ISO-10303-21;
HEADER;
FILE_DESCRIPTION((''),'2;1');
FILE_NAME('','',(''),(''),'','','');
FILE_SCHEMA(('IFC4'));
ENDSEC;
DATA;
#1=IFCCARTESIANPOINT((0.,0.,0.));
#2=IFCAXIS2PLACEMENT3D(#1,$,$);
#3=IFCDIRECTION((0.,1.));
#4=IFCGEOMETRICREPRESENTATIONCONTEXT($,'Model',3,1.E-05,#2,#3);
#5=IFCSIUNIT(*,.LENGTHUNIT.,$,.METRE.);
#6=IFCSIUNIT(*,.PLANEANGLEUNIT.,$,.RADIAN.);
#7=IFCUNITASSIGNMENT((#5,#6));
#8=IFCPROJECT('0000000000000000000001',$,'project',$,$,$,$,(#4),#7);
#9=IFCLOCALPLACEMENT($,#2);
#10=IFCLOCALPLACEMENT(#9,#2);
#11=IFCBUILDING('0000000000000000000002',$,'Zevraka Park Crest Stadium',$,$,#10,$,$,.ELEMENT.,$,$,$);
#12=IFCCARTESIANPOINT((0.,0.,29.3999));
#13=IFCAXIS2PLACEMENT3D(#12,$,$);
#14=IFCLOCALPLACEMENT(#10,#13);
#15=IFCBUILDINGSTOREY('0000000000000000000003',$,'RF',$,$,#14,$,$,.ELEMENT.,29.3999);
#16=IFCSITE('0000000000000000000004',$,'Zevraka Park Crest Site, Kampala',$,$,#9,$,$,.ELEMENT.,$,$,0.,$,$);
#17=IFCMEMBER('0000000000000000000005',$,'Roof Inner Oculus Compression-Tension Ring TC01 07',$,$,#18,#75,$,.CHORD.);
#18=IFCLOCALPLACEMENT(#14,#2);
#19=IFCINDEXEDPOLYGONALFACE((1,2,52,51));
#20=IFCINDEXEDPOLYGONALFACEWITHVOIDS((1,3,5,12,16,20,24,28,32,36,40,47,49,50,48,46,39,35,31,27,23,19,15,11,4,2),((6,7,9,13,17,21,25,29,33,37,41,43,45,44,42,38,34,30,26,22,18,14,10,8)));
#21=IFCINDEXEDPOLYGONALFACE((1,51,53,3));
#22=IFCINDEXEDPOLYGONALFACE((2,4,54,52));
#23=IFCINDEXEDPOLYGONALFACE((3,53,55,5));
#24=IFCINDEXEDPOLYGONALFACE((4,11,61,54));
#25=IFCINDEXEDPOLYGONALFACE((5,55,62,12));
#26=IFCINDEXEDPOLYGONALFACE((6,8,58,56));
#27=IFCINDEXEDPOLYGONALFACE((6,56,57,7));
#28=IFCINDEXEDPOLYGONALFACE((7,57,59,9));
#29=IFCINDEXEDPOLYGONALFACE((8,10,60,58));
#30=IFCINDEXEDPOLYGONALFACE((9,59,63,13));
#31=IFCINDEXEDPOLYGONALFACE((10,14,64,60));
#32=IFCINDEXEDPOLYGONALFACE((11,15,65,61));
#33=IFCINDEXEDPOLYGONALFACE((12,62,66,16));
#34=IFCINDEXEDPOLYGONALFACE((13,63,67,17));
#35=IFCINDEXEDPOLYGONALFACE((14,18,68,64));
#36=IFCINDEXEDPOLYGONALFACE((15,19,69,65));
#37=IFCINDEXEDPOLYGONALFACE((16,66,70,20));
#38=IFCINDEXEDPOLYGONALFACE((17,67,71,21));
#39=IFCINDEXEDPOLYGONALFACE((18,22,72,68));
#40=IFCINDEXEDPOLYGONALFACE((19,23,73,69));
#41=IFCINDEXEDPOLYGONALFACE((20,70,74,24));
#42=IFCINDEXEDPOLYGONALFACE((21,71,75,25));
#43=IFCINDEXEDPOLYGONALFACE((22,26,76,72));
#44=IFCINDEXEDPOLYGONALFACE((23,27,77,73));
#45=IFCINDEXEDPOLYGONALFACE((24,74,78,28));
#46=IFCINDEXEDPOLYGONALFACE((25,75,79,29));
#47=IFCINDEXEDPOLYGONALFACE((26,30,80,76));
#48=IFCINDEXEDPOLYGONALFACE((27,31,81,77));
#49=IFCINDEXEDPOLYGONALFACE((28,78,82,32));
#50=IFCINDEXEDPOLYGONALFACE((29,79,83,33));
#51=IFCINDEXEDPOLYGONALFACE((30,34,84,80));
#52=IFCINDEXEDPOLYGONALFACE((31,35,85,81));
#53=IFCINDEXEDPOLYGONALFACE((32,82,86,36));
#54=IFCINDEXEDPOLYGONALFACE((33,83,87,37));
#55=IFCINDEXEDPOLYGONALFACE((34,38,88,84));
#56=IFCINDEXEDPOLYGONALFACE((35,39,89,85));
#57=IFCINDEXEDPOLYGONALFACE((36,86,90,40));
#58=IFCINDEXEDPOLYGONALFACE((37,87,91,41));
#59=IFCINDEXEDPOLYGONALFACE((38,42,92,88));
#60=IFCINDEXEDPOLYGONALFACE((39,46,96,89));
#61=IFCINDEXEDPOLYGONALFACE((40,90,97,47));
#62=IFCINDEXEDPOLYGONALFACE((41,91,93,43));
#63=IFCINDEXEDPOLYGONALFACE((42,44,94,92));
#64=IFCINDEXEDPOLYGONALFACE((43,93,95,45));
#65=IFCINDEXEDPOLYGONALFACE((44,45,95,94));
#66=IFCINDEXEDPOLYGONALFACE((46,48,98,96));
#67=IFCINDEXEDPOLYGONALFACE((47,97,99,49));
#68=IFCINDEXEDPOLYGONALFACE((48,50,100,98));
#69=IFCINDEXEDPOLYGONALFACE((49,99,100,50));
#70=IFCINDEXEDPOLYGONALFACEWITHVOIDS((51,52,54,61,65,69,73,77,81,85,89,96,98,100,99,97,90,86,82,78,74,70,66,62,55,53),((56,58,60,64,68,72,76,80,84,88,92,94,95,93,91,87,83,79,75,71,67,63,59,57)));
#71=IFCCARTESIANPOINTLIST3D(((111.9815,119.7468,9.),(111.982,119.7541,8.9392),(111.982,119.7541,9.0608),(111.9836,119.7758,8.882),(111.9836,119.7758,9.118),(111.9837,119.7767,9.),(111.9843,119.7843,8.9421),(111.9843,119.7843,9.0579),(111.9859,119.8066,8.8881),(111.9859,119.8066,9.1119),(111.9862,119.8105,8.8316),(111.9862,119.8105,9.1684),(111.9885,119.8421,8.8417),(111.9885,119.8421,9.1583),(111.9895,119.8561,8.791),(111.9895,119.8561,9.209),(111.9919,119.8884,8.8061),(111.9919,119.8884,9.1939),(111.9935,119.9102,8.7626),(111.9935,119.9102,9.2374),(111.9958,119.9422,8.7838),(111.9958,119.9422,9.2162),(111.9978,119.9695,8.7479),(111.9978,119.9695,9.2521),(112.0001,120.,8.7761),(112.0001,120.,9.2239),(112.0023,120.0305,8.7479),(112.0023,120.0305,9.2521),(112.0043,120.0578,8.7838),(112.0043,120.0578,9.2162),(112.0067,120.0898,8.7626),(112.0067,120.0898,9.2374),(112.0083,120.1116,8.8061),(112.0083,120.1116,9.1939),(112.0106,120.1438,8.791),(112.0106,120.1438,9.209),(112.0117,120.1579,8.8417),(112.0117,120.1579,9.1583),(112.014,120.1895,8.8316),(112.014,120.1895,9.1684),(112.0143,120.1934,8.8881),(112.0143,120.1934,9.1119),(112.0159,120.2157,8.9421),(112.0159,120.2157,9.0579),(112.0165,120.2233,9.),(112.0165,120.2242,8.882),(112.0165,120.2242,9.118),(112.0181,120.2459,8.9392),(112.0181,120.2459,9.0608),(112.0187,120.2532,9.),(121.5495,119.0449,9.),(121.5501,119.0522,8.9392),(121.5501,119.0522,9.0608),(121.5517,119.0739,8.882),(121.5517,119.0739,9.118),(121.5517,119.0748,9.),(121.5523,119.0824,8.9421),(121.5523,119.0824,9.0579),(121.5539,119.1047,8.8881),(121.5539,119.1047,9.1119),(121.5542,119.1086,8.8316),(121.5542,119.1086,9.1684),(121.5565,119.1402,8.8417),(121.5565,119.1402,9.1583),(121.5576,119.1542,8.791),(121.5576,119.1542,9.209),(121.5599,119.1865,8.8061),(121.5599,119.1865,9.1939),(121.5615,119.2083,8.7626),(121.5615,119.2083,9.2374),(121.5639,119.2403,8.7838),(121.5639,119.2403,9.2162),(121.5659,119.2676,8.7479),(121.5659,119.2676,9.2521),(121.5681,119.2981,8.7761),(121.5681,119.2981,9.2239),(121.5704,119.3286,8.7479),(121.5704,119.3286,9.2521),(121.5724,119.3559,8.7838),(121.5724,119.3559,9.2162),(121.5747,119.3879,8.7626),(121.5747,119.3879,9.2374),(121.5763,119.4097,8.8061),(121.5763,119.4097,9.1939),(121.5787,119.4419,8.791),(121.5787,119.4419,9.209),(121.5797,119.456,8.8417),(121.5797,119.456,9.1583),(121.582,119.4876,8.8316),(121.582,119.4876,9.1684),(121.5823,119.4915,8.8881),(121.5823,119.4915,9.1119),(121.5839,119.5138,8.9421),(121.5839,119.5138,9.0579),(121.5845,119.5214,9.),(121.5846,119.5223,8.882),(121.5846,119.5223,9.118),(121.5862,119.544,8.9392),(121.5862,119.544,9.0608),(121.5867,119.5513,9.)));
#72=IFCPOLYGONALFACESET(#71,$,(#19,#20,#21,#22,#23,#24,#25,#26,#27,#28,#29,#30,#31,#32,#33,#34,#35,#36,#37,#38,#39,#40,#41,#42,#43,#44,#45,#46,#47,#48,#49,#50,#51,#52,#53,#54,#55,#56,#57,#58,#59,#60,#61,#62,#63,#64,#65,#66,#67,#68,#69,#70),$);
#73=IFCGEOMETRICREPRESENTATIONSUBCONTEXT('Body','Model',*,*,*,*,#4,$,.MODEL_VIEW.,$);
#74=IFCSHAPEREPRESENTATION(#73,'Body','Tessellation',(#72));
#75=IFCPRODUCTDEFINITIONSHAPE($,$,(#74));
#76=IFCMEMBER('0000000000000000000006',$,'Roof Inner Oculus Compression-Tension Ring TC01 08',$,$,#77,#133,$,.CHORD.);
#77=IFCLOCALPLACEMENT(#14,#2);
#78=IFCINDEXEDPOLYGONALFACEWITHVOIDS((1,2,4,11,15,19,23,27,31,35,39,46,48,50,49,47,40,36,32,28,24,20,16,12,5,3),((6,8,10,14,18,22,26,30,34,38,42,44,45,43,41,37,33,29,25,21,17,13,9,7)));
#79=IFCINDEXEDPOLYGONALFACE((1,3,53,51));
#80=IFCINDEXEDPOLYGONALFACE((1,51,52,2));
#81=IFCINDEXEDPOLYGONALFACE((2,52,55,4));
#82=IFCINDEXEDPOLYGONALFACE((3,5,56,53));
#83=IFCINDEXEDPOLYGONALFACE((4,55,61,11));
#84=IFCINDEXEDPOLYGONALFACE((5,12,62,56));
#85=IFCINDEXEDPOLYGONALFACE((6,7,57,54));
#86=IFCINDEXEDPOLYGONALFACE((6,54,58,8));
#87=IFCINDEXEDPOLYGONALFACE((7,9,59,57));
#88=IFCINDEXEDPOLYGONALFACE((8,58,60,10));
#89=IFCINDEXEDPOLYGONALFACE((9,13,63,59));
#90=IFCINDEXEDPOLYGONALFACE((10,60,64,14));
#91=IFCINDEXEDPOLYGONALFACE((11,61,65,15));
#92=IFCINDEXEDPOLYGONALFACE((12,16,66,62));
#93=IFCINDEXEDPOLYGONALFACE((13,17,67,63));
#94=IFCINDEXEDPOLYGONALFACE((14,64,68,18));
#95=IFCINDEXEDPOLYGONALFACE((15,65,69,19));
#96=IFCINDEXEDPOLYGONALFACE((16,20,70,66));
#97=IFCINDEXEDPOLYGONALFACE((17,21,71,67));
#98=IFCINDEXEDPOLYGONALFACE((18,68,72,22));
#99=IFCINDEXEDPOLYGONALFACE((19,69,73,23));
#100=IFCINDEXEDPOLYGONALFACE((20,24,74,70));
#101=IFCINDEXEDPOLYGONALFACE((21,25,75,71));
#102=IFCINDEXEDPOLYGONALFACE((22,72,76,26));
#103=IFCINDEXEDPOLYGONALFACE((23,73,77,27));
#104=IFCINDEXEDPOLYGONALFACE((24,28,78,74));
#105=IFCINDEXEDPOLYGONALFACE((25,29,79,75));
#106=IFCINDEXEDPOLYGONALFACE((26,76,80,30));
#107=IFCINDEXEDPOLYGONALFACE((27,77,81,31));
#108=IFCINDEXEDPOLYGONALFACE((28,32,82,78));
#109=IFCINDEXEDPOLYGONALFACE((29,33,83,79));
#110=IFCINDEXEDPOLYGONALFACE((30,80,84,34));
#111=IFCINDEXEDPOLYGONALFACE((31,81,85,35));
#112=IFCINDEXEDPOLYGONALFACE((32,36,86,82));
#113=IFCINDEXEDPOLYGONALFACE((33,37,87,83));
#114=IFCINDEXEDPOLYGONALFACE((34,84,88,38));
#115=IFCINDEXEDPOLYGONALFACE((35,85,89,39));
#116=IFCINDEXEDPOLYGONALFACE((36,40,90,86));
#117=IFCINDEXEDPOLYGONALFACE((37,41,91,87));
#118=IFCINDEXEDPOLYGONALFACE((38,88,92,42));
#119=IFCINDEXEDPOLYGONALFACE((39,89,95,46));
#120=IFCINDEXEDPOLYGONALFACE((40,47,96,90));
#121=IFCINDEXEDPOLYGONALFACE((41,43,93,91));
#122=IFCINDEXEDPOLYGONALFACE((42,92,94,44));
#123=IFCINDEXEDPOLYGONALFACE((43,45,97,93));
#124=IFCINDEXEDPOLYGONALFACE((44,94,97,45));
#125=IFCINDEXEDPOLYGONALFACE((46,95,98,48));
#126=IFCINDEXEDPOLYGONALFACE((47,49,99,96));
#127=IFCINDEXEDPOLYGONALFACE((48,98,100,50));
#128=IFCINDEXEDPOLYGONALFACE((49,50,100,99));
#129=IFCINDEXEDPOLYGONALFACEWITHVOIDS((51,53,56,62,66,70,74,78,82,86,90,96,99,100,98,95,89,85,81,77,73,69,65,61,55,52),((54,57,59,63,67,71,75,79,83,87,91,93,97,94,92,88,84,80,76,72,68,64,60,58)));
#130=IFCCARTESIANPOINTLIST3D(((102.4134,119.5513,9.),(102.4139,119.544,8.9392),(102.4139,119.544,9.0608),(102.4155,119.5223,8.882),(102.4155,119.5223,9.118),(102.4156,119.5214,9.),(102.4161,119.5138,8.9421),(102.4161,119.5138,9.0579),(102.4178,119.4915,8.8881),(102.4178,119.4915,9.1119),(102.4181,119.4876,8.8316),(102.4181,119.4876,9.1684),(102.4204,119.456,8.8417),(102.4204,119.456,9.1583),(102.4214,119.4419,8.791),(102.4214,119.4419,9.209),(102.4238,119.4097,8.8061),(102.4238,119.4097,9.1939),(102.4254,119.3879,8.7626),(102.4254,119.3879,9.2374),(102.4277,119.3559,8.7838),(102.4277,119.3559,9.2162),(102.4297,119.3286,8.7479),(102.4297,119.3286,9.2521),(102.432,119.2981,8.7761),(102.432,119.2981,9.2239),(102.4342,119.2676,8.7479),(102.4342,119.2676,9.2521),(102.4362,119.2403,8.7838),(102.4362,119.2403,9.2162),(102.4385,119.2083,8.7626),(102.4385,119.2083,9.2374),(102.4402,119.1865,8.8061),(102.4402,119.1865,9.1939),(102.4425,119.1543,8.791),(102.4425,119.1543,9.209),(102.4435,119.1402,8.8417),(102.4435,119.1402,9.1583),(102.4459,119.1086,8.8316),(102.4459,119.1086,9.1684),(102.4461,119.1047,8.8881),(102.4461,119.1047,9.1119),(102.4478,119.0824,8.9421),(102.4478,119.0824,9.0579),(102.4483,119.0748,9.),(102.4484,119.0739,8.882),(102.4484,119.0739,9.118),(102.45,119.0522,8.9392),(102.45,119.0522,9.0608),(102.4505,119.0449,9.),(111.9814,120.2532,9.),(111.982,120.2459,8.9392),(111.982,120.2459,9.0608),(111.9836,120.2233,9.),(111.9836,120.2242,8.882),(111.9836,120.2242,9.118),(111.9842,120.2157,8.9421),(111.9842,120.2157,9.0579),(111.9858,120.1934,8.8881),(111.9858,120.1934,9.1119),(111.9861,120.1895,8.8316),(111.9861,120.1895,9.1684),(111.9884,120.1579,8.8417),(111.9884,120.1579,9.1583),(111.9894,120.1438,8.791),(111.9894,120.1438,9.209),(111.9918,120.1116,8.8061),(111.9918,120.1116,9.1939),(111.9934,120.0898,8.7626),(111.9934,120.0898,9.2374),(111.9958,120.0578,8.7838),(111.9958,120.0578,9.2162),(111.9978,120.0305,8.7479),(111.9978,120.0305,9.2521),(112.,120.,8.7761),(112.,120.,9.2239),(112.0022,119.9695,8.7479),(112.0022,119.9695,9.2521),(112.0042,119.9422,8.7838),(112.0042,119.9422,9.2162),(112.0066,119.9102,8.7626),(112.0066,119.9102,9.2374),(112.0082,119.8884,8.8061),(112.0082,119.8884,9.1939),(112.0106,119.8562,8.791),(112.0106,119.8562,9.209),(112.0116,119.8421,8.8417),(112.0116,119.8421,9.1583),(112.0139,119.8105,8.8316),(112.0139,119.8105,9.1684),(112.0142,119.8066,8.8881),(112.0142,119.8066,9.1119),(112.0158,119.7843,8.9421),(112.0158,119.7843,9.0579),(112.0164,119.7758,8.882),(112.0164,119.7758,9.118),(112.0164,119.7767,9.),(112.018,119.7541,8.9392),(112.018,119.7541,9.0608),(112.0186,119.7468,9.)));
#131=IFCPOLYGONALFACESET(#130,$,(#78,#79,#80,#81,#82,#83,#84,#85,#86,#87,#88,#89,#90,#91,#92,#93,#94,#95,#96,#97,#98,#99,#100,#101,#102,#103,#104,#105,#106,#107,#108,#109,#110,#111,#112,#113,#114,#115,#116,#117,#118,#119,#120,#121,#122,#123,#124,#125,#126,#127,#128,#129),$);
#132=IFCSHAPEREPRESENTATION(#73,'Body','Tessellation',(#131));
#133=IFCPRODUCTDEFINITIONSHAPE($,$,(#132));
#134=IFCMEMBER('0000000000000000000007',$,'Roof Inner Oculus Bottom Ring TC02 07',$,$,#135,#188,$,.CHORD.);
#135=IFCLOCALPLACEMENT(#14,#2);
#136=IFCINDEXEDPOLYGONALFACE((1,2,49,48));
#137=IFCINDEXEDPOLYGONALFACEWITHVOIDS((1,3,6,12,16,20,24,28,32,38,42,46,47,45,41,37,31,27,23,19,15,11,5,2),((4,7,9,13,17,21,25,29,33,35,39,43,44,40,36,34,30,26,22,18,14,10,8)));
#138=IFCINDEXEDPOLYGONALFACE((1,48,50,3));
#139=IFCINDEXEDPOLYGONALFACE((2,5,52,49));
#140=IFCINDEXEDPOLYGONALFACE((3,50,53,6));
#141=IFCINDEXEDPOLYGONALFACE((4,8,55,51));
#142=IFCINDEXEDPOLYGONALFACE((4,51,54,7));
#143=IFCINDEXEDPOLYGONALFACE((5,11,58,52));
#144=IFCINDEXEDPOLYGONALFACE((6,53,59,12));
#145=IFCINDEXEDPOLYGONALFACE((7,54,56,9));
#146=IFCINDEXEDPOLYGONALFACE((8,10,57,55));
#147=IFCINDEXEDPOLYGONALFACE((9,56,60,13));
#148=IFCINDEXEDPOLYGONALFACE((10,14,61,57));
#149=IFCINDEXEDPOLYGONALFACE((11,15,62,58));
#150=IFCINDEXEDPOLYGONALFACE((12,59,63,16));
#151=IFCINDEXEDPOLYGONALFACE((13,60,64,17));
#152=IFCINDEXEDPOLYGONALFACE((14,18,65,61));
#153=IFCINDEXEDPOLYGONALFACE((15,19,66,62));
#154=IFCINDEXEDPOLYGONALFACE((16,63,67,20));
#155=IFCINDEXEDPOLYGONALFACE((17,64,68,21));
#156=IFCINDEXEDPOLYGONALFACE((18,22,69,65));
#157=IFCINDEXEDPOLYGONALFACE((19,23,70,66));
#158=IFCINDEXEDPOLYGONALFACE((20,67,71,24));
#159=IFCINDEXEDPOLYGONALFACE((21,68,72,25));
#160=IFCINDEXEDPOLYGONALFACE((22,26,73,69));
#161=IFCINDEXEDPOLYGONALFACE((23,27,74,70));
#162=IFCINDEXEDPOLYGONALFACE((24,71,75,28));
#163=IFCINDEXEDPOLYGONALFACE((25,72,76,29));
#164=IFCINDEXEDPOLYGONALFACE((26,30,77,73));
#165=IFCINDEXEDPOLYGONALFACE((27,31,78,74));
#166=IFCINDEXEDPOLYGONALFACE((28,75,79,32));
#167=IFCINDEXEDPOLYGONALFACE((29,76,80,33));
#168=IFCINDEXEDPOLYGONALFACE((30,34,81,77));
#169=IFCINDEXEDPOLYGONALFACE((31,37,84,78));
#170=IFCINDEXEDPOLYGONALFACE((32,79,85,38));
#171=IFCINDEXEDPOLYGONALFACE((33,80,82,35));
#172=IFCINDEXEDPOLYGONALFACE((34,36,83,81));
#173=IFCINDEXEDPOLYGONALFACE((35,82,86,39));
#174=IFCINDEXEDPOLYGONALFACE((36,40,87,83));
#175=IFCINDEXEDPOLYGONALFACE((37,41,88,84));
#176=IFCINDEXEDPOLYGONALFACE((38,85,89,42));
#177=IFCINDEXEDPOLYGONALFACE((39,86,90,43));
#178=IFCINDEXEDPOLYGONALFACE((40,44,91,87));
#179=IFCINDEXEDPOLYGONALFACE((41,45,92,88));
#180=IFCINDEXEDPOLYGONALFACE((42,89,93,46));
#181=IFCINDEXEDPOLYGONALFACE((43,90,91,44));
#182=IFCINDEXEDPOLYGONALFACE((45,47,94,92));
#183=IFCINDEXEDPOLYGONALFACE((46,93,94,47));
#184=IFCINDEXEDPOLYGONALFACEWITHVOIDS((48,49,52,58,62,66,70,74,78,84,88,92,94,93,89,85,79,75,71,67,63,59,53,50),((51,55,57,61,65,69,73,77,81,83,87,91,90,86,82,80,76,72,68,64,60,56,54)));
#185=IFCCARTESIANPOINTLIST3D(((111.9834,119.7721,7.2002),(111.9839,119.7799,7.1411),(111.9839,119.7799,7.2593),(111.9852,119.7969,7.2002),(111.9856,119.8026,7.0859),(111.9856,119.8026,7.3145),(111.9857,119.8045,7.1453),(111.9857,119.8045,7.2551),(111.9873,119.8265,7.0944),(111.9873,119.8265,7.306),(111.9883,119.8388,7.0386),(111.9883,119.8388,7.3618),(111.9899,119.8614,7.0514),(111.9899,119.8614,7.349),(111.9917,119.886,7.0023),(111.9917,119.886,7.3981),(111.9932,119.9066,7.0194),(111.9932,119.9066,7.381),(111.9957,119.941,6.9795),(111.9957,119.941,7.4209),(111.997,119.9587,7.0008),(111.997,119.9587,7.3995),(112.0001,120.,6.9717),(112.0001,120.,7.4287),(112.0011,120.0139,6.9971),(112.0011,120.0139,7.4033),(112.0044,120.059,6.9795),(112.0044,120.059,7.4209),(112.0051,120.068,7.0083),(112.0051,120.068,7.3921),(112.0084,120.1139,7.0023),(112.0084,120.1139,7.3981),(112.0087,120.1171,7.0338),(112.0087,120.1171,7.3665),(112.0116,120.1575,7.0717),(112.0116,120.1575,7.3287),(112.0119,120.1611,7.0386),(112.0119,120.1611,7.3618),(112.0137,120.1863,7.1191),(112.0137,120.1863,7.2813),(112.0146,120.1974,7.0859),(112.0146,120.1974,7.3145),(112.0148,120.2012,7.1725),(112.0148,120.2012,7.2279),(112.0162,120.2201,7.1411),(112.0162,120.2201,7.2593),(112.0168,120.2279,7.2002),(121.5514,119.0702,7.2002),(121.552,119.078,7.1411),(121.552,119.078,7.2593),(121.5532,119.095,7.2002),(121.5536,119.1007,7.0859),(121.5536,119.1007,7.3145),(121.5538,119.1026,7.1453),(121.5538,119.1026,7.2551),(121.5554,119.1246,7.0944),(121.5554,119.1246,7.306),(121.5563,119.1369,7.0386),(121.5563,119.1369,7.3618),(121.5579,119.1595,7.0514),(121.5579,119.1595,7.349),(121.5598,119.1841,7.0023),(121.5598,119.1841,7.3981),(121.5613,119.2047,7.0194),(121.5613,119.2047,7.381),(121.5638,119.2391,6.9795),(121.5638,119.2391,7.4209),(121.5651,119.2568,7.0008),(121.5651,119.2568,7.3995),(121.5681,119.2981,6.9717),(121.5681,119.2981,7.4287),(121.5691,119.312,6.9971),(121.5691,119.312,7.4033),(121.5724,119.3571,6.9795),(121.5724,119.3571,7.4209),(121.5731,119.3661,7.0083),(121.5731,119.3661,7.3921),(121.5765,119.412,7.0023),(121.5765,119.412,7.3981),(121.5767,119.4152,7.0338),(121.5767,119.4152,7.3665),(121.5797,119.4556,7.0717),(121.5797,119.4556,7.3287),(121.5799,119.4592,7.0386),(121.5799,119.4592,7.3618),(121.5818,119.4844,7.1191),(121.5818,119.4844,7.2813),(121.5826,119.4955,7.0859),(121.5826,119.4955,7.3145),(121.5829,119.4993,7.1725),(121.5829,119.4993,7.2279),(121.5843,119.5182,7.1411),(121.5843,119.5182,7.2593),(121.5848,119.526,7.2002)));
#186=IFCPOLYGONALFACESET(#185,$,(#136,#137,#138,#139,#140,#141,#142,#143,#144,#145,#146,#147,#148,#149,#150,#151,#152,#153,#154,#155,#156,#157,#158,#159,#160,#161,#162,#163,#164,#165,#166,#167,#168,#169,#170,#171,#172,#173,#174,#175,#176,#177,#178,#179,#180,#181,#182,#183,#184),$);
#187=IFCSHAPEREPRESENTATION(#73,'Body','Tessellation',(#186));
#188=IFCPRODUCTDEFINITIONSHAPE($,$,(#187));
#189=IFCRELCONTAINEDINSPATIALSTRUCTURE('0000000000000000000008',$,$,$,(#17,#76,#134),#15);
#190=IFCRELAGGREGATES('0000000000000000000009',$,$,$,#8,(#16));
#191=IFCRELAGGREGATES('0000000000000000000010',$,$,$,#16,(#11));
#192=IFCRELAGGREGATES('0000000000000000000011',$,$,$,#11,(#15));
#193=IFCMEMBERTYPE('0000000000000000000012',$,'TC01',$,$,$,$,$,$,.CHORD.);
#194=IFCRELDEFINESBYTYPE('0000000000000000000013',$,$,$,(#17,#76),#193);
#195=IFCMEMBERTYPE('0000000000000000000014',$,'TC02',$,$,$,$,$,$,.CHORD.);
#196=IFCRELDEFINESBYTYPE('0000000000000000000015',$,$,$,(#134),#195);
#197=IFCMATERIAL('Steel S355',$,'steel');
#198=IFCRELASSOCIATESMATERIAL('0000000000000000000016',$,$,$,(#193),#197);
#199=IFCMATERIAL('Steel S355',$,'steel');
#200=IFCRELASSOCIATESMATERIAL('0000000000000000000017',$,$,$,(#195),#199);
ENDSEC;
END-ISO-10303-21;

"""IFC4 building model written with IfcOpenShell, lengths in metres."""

from ifc_helpers import new_model, si_unit, direction, frame, origin, origin_2d, place, context, subcontext, project, spatial, hollow_circle, extrude, material, material_profile, profile_set, type_object, element, save


model = new_model("IFC4")

# Units and contexts
model_context = context("Model", 3, precision=1e-05, world=origin(), true_north=direction((0.0, 1.0)))
body_context = subcontext(model_context, "Body", "Model", "MODEL_VIEW")
ifc_project = project(units=[si_unit("LENGTHUNIT", "METRE"), si_unit("PLANEANGLEUNIT", "RADIAN")], contexts=[model_context])

# Site, building, storey
site_placement = place(None, origin())
site = spatial("IfcSite", under=ifc_project, at=site_placement, Name="Zevraka Park Crest Site, Kampala", CompositionType="ELEMENT", RefElevation=0.0)
building_placement = place(site_placement, origin())
building = spatial("IfcBuilding", under=site, at=building_placement, Name="Zevraka Park Crest Stadium", CompositionType="ELEMENT")
storey_placement = place(building_placement, frame((0.0, 0.0, 29.3999)))
storey = spatial("IfcBuildingStorey", under=building, at=storey_placement, Name="RF", CompositionType="ELEMENT", Elevation=29.3999)

# Members
ifc_material_1 = material(Name="Steel S355", Category="steel")
ifc_material_profile_1 = material_profile(ifc_material_1, hollow_circle(Radius=0.2539, WallThickness=0.03, at=origin_2d()), Name="CHS 508.0x30")
ifc_profile_set_1 = profile_set([ifc_material_profile_1], Name="Steel S355")
member_type_1 = type_object("IfcMemberType", Name="TC01", PredefinedType="CHORD", material=ifc_profile_set_1)
for number, where, z_axis, x_axis, name in (
    (1, (121.5681, 119.2981, 9.0), (-0.99732, 0.073162, 0.0), (-0.073162, -0.99732, 0.0), "Roof Inner Oculus Compression-Tension Ring TC01 07"),
    (2, (112.0, 120.0, 9.0), (-0.99732, -0.073162, 0.0), (0.073162, -0.99732, 0.0), "Roof Inner Oculus Compression-Tension Ring TC01 08"),
):
    element("IfcMember", number, at=place(storey_placement, frame(where, z_axis=z_axis, x_axis=x_axis)), inside=storey, type_object=member_type_1, Name=name, PredefinedType="CHORD", context=body_context, shape_type="SweptSolid", body=[
        extrude(hollow_circle(Radius=0.2539, WallThickness=0.03, at=origin_2d()), origin(), (0.0, 0.0, 1.0), 9.5938),
    ])
ifc_material_2 = material(Name="Steel S355", Category="steel")
ifc_material_profile_2 = material_profile(ifc_material_2, hollow_circle(Radius=0.2285, WallThickness=0.0249, at=origin_2d()), Name="CHS 457.0x25")
ifc_profile_set_2 = profile_set([ifc_material_profile_2], Name="Steel S355")
member_type_2 = type_object("IfcMemberType", Name="TC02", PredefinedType="CHORD", material=ifc_profile_set_2)
for number, where, z_axis, x_axis, name in (
    (3, (121.5681, 119.2981, 7.2002), (-0.99732, 0.073162, 0.0), (-0.073162, -0.99732, 0.0), "Roof Inner Oculus Bottom Ring TC02 07"),
):
    element("IfcMember", number, at=place(storey_placement, frame(where, z_axis=z_axis, x_axis=x_axis)), inside=storey, type_object=member_type_2, Name=name, PredefinedType="CHORD", context=body_context, shape_type="SweptSolid", body=[
        extrude(hollow_circle(Radius=0.2285, WallThickness=0.0249, at=origin_2d()), origin(), (0.0, 0.0, 1.0), 9.5938),
    ])

save(model, "model.ifc")
